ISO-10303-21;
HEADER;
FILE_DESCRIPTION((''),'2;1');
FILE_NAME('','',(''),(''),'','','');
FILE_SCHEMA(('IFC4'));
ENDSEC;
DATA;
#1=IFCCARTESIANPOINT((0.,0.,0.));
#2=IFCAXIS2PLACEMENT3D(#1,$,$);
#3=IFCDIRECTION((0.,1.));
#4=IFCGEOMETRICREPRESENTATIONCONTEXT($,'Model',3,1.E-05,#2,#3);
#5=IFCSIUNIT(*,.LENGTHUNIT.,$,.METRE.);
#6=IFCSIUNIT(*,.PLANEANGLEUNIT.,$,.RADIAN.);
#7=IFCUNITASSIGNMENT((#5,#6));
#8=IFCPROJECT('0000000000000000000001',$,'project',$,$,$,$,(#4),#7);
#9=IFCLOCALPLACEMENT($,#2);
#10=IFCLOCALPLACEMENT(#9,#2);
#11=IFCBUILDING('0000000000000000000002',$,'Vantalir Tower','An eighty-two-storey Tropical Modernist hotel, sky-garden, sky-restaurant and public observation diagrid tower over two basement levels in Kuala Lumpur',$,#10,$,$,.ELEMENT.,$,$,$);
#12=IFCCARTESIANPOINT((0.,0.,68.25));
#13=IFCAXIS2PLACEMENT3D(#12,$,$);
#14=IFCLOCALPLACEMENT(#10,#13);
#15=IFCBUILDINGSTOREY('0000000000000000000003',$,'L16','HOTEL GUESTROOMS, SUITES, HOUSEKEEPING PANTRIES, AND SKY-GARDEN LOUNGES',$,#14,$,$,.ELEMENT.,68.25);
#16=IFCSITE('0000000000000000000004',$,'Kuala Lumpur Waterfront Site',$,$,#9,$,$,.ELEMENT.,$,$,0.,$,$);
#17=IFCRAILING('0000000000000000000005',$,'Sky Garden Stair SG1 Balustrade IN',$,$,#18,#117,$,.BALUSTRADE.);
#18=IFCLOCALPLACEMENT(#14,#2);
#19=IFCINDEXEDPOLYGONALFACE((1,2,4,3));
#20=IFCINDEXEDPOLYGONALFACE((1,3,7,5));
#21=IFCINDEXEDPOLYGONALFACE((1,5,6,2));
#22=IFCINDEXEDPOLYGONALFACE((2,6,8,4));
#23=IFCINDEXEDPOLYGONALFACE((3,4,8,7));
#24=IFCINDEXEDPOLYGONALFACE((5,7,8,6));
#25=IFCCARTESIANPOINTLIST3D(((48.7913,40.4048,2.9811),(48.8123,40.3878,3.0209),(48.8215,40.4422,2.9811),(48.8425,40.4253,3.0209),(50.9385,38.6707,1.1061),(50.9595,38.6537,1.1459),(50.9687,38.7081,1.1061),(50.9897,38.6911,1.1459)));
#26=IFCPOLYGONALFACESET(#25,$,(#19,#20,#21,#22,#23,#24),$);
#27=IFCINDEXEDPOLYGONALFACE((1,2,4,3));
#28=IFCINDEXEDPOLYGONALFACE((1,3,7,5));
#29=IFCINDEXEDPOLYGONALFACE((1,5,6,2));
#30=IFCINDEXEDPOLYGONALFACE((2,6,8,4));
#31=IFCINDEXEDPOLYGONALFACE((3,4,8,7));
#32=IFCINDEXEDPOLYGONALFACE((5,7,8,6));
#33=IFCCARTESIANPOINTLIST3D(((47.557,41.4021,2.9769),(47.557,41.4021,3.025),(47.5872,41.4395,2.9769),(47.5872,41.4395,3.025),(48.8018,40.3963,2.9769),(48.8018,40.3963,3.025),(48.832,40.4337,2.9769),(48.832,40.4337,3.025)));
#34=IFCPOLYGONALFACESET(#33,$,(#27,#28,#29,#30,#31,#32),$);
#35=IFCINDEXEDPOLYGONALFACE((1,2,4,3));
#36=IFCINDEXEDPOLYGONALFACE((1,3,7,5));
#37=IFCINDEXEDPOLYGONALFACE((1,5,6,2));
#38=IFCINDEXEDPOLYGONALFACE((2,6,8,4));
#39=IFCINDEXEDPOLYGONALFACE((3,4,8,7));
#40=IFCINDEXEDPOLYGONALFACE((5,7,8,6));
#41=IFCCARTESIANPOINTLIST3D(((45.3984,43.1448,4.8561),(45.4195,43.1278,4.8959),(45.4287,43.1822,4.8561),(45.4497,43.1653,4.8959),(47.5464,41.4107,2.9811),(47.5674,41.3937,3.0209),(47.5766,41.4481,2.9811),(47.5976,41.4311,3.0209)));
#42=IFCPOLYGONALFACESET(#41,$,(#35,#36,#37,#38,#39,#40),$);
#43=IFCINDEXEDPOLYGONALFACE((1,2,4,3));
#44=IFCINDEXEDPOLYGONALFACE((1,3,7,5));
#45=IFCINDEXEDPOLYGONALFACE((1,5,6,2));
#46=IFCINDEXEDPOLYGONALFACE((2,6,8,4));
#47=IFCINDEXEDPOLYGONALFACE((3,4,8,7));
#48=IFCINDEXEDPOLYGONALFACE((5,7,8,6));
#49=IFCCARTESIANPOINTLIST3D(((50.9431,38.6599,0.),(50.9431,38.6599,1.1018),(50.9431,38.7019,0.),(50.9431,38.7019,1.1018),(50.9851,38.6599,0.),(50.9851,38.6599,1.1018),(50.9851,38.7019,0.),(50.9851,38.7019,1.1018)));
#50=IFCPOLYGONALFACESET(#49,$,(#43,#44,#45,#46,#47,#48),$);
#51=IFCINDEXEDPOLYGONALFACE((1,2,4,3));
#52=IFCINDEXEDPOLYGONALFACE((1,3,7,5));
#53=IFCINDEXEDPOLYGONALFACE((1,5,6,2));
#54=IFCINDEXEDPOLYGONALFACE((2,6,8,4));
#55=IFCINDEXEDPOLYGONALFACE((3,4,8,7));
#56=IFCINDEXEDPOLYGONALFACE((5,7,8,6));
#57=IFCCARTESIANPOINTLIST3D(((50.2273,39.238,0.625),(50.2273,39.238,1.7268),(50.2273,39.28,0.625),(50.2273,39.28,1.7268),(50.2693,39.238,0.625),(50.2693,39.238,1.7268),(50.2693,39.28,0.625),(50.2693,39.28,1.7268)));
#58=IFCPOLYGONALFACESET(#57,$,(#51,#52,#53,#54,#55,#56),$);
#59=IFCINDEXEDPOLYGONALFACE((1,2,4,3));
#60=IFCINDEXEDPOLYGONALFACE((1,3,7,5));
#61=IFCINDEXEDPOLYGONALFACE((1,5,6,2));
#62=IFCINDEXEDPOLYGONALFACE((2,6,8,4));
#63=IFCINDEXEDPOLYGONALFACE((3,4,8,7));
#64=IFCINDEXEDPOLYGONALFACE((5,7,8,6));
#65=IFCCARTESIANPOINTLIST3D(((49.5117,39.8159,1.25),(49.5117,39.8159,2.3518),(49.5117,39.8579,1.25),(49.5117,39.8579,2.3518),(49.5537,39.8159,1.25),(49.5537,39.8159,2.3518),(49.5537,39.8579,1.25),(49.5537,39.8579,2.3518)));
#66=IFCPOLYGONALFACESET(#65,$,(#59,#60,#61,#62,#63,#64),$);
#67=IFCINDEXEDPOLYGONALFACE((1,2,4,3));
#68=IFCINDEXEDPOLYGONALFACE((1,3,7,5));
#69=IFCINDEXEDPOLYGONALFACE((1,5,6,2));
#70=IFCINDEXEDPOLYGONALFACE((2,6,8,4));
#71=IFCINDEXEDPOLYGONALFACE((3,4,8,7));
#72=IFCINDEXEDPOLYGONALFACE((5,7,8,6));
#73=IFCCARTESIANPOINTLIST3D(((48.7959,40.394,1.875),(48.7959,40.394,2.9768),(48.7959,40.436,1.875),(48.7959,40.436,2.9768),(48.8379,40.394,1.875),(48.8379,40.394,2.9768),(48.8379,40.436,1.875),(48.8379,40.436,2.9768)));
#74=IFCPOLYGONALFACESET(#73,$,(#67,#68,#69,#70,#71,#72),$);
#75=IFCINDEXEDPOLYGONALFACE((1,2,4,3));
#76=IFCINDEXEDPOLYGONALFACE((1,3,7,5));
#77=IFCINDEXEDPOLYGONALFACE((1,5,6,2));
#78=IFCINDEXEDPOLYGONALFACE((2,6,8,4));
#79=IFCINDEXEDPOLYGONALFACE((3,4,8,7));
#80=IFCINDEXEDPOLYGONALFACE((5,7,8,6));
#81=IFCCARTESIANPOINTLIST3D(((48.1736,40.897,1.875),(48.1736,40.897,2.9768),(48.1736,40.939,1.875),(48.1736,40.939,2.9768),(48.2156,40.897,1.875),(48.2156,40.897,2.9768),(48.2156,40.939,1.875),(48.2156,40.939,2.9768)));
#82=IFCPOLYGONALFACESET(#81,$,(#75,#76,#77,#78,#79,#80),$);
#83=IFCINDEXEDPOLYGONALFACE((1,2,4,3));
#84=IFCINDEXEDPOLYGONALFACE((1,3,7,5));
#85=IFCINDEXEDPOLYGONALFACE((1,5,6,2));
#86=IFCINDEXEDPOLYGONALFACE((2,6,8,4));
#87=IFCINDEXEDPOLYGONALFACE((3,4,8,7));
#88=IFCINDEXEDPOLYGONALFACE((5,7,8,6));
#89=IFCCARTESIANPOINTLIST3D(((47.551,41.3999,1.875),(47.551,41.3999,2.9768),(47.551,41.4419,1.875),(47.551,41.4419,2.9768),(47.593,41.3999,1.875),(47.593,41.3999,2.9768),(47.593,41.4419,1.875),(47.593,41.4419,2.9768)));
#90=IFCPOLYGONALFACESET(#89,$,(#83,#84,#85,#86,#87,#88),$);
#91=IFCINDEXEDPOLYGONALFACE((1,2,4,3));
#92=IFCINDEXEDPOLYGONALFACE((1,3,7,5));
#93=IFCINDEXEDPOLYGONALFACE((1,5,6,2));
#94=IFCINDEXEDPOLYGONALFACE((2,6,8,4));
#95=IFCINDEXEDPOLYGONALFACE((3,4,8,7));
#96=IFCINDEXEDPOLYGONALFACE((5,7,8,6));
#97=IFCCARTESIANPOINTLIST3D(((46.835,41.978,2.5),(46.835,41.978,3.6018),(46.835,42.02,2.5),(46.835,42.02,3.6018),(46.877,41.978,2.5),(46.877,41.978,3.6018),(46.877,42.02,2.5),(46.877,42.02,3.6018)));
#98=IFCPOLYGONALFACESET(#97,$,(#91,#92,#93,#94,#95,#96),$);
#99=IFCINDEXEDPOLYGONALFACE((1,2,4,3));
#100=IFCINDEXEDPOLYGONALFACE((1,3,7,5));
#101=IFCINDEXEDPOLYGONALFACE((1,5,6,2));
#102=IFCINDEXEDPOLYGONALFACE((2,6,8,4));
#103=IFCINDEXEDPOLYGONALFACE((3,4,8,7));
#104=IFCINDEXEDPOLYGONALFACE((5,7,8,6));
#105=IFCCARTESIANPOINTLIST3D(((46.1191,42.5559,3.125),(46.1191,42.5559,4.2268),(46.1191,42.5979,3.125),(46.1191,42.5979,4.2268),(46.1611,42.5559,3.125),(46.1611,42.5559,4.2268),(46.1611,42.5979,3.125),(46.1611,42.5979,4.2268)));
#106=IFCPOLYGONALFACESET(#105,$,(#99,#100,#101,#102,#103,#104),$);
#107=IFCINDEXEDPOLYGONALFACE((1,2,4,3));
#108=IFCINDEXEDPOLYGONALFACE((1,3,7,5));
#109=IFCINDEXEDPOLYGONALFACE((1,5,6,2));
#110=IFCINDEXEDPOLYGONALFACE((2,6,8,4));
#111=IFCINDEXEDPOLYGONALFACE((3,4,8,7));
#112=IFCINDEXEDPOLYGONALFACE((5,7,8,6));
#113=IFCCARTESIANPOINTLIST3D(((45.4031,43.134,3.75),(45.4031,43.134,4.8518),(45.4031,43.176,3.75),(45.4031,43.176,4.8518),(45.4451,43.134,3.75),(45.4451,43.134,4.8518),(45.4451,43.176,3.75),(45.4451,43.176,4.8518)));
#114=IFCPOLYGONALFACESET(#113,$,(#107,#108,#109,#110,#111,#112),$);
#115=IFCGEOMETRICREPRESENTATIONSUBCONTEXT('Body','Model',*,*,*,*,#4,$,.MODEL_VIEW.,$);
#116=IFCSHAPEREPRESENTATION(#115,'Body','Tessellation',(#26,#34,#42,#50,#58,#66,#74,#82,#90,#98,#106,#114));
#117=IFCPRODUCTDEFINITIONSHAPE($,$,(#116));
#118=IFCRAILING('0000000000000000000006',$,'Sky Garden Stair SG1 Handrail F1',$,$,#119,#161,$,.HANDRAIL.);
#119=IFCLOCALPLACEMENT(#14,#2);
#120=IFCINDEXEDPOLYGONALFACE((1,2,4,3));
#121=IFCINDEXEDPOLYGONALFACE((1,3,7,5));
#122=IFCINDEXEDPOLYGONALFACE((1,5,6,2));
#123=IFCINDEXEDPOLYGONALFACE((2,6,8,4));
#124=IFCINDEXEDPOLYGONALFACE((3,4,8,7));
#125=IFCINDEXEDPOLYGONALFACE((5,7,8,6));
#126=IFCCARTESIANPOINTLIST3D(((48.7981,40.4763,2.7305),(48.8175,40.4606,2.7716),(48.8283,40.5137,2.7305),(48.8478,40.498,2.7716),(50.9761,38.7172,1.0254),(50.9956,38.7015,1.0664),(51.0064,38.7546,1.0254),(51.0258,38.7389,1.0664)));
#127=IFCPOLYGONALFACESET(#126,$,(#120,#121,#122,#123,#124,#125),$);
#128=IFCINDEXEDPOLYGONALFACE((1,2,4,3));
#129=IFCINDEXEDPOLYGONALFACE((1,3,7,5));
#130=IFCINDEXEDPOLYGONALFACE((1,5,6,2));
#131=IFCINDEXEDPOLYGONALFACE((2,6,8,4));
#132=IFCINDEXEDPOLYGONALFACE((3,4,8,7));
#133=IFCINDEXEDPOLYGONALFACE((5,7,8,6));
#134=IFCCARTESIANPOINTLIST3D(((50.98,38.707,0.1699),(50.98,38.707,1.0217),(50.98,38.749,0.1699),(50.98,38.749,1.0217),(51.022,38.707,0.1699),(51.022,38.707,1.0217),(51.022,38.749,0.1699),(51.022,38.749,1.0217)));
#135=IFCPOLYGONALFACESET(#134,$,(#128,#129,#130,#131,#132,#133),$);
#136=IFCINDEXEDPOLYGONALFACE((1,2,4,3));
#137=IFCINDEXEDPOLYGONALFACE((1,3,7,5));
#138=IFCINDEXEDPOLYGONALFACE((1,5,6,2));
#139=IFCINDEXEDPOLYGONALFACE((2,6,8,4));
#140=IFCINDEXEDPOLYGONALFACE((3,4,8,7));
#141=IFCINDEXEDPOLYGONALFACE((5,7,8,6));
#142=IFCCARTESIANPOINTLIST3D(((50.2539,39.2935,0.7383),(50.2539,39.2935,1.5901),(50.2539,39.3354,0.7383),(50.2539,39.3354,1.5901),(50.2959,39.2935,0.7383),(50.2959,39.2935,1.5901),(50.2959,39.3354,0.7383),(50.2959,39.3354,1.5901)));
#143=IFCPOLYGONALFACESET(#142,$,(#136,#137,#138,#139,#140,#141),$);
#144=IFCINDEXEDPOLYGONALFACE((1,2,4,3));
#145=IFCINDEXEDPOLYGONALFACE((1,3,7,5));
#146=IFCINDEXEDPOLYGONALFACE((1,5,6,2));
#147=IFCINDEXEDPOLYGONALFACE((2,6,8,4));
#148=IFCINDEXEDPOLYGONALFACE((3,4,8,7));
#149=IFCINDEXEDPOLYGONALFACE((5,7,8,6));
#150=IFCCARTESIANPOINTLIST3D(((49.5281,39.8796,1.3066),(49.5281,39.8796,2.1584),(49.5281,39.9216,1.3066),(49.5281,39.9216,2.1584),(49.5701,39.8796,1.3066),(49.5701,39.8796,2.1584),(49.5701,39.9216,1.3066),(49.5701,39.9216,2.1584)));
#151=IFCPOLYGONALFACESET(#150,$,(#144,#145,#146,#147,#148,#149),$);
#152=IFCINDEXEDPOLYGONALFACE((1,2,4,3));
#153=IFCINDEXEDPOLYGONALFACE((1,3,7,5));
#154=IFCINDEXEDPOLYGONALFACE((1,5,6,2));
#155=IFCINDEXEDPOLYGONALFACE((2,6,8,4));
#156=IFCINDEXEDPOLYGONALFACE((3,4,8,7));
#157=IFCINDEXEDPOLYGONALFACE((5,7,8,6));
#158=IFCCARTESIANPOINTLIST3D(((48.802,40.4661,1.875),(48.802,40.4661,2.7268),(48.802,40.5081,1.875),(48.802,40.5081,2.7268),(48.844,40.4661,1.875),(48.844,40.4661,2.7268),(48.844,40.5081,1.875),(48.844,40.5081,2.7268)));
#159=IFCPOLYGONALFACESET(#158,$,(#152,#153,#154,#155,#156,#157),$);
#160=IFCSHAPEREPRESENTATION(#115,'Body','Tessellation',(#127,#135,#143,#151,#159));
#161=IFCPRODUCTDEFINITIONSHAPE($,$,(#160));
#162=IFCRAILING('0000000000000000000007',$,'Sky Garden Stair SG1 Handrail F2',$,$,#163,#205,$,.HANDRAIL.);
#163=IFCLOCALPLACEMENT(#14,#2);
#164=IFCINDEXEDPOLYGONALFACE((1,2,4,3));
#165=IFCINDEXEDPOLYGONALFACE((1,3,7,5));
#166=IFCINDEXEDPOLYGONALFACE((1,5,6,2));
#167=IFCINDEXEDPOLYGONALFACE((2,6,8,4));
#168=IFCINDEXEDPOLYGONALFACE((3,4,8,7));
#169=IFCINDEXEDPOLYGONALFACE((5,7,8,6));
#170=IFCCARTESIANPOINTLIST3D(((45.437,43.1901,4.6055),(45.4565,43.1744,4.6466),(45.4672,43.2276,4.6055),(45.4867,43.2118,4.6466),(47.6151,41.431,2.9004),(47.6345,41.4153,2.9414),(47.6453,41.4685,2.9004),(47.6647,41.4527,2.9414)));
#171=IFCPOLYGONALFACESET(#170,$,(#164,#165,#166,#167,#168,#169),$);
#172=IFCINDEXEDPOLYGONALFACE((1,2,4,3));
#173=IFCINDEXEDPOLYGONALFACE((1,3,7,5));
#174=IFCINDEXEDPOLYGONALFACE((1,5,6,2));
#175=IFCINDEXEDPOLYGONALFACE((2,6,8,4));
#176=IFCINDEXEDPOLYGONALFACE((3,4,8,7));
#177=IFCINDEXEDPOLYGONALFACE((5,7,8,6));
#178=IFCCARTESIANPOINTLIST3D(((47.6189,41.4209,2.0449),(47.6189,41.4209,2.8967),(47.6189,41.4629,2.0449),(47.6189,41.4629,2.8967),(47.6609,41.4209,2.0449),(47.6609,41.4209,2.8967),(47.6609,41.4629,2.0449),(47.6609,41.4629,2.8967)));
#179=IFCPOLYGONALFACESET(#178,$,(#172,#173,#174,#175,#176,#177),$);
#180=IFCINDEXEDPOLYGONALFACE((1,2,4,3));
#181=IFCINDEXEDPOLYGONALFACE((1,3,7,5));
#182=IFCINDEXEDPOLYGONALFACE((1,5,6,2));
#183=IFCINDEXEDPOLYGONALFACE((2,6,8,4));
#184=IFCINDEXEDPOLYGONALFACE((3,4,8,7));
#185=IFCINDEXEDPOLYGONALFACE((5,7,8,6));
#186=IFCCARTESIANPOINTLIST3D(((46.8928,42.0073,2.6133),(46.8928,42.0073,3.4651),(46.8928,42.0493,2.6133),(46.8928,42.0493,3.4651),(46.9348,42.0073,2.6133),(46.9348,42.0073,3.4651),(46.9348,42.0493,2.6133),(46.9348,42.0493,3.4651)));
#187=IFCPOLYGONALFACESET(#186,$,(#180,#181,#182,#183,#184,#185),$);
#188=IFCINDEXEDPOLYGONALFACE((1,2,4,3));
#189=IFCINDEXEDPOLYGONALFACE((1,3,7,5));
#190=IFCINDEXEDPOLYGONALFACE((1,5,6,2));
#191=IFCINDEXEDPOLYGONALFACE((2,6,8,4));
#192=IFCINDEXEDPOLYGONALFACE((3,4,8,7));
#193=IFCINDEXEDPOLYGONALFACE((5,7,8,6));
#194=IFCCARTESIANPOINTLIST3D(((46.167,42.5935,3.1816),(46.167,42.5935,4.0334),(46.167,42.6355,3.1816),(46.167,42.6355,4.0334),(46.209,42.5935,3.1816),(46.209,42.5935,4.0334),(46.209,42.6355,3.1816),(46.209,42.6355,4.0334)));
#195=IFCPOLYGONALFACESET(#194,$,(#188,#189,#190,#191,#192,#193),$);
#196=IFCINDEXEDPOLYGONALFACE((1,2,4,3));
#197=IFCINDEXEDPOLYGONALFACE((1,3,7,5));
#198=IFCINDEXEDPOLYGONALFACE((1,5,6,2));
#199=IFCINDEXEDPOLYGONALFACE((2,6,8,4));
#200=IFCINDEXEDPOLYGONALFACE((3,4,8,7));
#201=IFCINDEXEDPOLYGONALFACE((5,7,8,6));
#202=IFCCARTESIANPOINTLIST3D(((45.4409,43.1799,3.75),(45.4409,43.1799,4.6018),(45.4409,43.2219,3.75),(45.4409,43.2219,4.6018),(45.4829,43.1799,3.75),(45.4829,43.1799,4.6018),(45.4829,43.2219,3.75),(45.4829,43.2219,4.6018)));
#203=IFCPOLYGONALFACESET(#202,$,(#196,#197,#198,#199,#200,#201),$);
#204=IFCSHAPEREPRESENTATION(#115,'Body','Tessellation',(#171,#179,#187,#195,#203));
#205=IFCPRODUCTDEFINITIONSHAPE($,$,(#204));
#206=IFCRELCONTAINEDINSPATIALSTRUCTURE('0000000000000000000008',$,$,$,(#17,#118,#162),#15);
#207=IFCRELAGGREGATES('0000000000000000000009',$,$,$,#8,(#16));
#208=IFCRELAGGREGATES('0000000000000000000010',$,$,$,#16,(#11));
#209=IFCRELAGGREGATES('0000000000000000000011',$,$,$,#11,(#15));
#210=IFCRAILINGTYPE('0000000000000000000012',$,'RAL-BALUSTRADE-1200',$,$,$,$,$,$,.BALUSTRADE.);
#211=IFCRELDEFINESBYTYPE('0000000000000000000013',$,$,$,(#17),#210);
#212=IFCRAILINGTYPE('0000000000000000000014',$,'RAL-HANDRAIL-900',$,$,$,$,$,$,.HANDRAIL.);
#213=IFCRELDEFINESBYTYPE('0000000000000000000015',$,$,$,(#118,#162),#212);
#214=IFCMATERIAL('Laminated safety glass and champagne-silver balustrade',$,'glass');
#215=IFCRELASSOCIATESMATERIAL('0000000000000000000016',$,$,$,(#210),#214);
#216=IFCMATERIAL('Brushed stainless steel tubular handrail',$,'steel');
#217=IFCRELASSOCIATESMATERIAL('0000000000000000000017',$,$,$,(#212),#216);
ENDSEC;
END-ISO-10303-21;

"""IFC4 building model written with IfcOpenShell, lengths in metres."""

from ifc_helpers import new_model, si_unit, direction, frame, origin, origin_2d, place, context, subcontext, project, spatial, rectangle, extrude, material, type_object, element, save


model = new_model("IFC4")

# Units and contexts
model_context = context("Model", 3, precision=1e-05, world=origin(), true_north=direction((0.0, 1.0)))
body_context = subcontext(model_context, "Body", "Model", "MODEL_VIEW")
ifc_project = project(units=[si_unit("LENGTHUNIT", "METRE"), si_unit("PLANEANGLEUNIT", "RADIAN")], contexts=[model_context])

# Site, building, storey
site_placement = place(None, origin())
site = spatial("IfcSite", under=ifc_project, at=site_placement, Name="Kuala Lumpur Waterfront Site", CompositionType="ELEMENT", RefElevation=0.0)
building_placement = place(site_placement, origin())
building = spatial("IfcBuilding", under=site, at=building_placement, Name="Vantalir Tower", Description="An eighty-two-storey Tropical Modernist hotel, sky-garden, sky-restaurant and public observation diagrid tower over two basement levels in Kuala Lumpur", CompositionType="ELEMENT")
storey_placement = place(building_placement, frame((0.0, 0.0, 68.25)))
storey = spatial("IfcBuildingStorey", under=building, at=storey_placement, Name="L16", Description="HOTEL GUESTROOMS, SUITES, HOUSEKEEPING PANTRIES, AND SKY-GARDEN LOUNGES", CompositionType="ELEMENT", Elevation=68.25)

# Railings
ifc_material_1 = material(Name="Laminated safety glass and champagne-silver balustrade", Category="glass")
railing_type_1 = type_object("IfcRailingType", Name="RAL-BALUSTRADE-1200", PredefinedType="BALUSTRADE", material=ifc_material_1)
railing_1_placement = place(storey_placement, frame((50.9641, 38.6809, 0.0)))
element("IfcRailing", 1, at=railing_1_placement, inside=storey, type_object=railing_type_1, Name="Sky Garden Stair SG1 Balustrade IN", PredefinedType="BALUSTRADE", context=body_context, shape_type="SweptSolid", body=[
    extrude(rectangle(XDim=0.0481, YDim=0.0481, at=origin_2d()), frame((0.0, 0.0, 1.126), z_axis=(-0.643521, 0.519719, 0.561937), x_axis=(-0.628302, -0.777969, 0.0)), (0.0, 0.0, 1.0), 3.3367),
    extrude(rectangle(XDim=0.0481, YDim=0.0481, at=origin_2d()), frame((-2.1472, 1.7341, 3.001), z_axis=(-0.777824, 0.628483, 0.0), x_axis=(-0.628483, -0.777824, 0.0)), (0.0, 0.0, 1.0), 1.6003),
    extrude(rectangle(XDim=0.0481, YDim=0.0481, at=origin_2d()), frame((-3.3921, 2.74, 3.001), z_axis=(-0.643649, 0.519645, 0.561858), x_axis=(-0.628172, -0.778074, 0.0)), (0.0, 0.0, 1.0), 3.3372),
    extrude(rectangle(XDim=0.042, YDim=0.042, at=origin_2d()), origin(), (0.0, 0.0, 1.0), 1.1018),
    extrude(rectangle(XDim=0.042, YDim=0.042, at=origin_2d()), frame((-0.7158, 0.5781, 0.625)), (0.0, 0.0, 1.0), 1.1018),
    extrude(rectangle(XDim=0.042, YDim=0.042, at=origin_2d()), frame((-1.4314, 1.156, 1.25)), (0.0, 0.0, 1.0), 1.1018),
    extrude(rectangle(XDim=0.042, YDim=0.042, at=origin_2d()), frame((-2.1472, 1.7341, 1.875)), (0.0, 0.0, 1.0), 1.1018),
    extrude(rectangle(XDim=0.042, YDim=0.042, at=origin_2d()), frame((-2.7695, 2.2371, 1.875)), (0.0, 0.0, 1.0), 1.1018),
    extrude(rectangle(XDim=0.042, YDim=0.042, at=origin_2d()), frame((-3.3921, 2.74, 1.875)), (0.0, 0.0, 1.0), 1.1018),
    extrude(rectangle(XDim=0.042, YDim=0.042, at=origin_2d()), frame((-4.1082, 3.3181, 2.5)), (0.0, 0.0, 1.0), 1.1018),
    extrude(rectangle(XDim=0.042, YDim=0.042, at=origin_2d()), frame((-4.824, 3.896, 3.125)), (0.0, 0.0, 1.0), 1.1018),
    extrude(rectangle(XDim=0.042, YDim=0.042, at=origin_2d()), frame((-5.54, 4.4741, 3.75)), (0.0, 0.0, 1.0), 1.1018),
])
ifc_material_2 = material(Name="Brushed stainless steel tubular handrail", Category="steel")
railing_type_2 = type_object("IfcRailingType", Name="RAL-HANDRAIL-900", PredefinedType="HANDRAIL", material=ifc_material_2)
for number, where, name in (
    (2, (51.001, 38.728, 0.1699), "Sky Garden Stair SG1 Handrail F1"),
    (3, (47.6399, 41.4419, 2.0449), "Sky Garden Stair SG1 Handrail F2"),
):
    element("IfcRailing", number, at=place(storey_placement, frame(where)), inside=storey, type_object=railing_type_2, Name=name, PredefinedType="HANDRAIL", context=body_context, shape_type="SweptSolid", body=[
        extrude(rectangle(XDim=0.0481, YDim=0.0481, at=origin_2d()), frame((0.0, 0.0, 0.876), z_axis=(-0.664429, 0.536623, 0.520163), x_axis=(-0.628315, -0.777959, 0.0)), (0.0, 0.0, 1.0), 3.2781),
        extrude(rectangle(XDim=0.042, YDim=0.042, at=origin_2d()), origin(), (0.0, 0.0, 1.0), 0.8518),
        extrude(rectangle(XDim=0.042, YDim=0.042, at=origin_2d()), frame((-0.7261, 0.5864, 0.5684)), (0.0, 0.0, 1.0), 0.8518),
        extrude(rectangle(XDim=0.042, YDim=0.042, at=origin_2d()), frame((-1.4519, 1.1726, 1.1367)), (0.0, 0.0, 1.0), 0.8518),
        extrude(rectangle(XDim=0.042, YDim=0.042, at=origin_2d()), frame((-2.178, 1.759, 1.7051)), (0.0, 0.0, 1.0), 0.8518),
    ])

save(model, "model.ifc")
